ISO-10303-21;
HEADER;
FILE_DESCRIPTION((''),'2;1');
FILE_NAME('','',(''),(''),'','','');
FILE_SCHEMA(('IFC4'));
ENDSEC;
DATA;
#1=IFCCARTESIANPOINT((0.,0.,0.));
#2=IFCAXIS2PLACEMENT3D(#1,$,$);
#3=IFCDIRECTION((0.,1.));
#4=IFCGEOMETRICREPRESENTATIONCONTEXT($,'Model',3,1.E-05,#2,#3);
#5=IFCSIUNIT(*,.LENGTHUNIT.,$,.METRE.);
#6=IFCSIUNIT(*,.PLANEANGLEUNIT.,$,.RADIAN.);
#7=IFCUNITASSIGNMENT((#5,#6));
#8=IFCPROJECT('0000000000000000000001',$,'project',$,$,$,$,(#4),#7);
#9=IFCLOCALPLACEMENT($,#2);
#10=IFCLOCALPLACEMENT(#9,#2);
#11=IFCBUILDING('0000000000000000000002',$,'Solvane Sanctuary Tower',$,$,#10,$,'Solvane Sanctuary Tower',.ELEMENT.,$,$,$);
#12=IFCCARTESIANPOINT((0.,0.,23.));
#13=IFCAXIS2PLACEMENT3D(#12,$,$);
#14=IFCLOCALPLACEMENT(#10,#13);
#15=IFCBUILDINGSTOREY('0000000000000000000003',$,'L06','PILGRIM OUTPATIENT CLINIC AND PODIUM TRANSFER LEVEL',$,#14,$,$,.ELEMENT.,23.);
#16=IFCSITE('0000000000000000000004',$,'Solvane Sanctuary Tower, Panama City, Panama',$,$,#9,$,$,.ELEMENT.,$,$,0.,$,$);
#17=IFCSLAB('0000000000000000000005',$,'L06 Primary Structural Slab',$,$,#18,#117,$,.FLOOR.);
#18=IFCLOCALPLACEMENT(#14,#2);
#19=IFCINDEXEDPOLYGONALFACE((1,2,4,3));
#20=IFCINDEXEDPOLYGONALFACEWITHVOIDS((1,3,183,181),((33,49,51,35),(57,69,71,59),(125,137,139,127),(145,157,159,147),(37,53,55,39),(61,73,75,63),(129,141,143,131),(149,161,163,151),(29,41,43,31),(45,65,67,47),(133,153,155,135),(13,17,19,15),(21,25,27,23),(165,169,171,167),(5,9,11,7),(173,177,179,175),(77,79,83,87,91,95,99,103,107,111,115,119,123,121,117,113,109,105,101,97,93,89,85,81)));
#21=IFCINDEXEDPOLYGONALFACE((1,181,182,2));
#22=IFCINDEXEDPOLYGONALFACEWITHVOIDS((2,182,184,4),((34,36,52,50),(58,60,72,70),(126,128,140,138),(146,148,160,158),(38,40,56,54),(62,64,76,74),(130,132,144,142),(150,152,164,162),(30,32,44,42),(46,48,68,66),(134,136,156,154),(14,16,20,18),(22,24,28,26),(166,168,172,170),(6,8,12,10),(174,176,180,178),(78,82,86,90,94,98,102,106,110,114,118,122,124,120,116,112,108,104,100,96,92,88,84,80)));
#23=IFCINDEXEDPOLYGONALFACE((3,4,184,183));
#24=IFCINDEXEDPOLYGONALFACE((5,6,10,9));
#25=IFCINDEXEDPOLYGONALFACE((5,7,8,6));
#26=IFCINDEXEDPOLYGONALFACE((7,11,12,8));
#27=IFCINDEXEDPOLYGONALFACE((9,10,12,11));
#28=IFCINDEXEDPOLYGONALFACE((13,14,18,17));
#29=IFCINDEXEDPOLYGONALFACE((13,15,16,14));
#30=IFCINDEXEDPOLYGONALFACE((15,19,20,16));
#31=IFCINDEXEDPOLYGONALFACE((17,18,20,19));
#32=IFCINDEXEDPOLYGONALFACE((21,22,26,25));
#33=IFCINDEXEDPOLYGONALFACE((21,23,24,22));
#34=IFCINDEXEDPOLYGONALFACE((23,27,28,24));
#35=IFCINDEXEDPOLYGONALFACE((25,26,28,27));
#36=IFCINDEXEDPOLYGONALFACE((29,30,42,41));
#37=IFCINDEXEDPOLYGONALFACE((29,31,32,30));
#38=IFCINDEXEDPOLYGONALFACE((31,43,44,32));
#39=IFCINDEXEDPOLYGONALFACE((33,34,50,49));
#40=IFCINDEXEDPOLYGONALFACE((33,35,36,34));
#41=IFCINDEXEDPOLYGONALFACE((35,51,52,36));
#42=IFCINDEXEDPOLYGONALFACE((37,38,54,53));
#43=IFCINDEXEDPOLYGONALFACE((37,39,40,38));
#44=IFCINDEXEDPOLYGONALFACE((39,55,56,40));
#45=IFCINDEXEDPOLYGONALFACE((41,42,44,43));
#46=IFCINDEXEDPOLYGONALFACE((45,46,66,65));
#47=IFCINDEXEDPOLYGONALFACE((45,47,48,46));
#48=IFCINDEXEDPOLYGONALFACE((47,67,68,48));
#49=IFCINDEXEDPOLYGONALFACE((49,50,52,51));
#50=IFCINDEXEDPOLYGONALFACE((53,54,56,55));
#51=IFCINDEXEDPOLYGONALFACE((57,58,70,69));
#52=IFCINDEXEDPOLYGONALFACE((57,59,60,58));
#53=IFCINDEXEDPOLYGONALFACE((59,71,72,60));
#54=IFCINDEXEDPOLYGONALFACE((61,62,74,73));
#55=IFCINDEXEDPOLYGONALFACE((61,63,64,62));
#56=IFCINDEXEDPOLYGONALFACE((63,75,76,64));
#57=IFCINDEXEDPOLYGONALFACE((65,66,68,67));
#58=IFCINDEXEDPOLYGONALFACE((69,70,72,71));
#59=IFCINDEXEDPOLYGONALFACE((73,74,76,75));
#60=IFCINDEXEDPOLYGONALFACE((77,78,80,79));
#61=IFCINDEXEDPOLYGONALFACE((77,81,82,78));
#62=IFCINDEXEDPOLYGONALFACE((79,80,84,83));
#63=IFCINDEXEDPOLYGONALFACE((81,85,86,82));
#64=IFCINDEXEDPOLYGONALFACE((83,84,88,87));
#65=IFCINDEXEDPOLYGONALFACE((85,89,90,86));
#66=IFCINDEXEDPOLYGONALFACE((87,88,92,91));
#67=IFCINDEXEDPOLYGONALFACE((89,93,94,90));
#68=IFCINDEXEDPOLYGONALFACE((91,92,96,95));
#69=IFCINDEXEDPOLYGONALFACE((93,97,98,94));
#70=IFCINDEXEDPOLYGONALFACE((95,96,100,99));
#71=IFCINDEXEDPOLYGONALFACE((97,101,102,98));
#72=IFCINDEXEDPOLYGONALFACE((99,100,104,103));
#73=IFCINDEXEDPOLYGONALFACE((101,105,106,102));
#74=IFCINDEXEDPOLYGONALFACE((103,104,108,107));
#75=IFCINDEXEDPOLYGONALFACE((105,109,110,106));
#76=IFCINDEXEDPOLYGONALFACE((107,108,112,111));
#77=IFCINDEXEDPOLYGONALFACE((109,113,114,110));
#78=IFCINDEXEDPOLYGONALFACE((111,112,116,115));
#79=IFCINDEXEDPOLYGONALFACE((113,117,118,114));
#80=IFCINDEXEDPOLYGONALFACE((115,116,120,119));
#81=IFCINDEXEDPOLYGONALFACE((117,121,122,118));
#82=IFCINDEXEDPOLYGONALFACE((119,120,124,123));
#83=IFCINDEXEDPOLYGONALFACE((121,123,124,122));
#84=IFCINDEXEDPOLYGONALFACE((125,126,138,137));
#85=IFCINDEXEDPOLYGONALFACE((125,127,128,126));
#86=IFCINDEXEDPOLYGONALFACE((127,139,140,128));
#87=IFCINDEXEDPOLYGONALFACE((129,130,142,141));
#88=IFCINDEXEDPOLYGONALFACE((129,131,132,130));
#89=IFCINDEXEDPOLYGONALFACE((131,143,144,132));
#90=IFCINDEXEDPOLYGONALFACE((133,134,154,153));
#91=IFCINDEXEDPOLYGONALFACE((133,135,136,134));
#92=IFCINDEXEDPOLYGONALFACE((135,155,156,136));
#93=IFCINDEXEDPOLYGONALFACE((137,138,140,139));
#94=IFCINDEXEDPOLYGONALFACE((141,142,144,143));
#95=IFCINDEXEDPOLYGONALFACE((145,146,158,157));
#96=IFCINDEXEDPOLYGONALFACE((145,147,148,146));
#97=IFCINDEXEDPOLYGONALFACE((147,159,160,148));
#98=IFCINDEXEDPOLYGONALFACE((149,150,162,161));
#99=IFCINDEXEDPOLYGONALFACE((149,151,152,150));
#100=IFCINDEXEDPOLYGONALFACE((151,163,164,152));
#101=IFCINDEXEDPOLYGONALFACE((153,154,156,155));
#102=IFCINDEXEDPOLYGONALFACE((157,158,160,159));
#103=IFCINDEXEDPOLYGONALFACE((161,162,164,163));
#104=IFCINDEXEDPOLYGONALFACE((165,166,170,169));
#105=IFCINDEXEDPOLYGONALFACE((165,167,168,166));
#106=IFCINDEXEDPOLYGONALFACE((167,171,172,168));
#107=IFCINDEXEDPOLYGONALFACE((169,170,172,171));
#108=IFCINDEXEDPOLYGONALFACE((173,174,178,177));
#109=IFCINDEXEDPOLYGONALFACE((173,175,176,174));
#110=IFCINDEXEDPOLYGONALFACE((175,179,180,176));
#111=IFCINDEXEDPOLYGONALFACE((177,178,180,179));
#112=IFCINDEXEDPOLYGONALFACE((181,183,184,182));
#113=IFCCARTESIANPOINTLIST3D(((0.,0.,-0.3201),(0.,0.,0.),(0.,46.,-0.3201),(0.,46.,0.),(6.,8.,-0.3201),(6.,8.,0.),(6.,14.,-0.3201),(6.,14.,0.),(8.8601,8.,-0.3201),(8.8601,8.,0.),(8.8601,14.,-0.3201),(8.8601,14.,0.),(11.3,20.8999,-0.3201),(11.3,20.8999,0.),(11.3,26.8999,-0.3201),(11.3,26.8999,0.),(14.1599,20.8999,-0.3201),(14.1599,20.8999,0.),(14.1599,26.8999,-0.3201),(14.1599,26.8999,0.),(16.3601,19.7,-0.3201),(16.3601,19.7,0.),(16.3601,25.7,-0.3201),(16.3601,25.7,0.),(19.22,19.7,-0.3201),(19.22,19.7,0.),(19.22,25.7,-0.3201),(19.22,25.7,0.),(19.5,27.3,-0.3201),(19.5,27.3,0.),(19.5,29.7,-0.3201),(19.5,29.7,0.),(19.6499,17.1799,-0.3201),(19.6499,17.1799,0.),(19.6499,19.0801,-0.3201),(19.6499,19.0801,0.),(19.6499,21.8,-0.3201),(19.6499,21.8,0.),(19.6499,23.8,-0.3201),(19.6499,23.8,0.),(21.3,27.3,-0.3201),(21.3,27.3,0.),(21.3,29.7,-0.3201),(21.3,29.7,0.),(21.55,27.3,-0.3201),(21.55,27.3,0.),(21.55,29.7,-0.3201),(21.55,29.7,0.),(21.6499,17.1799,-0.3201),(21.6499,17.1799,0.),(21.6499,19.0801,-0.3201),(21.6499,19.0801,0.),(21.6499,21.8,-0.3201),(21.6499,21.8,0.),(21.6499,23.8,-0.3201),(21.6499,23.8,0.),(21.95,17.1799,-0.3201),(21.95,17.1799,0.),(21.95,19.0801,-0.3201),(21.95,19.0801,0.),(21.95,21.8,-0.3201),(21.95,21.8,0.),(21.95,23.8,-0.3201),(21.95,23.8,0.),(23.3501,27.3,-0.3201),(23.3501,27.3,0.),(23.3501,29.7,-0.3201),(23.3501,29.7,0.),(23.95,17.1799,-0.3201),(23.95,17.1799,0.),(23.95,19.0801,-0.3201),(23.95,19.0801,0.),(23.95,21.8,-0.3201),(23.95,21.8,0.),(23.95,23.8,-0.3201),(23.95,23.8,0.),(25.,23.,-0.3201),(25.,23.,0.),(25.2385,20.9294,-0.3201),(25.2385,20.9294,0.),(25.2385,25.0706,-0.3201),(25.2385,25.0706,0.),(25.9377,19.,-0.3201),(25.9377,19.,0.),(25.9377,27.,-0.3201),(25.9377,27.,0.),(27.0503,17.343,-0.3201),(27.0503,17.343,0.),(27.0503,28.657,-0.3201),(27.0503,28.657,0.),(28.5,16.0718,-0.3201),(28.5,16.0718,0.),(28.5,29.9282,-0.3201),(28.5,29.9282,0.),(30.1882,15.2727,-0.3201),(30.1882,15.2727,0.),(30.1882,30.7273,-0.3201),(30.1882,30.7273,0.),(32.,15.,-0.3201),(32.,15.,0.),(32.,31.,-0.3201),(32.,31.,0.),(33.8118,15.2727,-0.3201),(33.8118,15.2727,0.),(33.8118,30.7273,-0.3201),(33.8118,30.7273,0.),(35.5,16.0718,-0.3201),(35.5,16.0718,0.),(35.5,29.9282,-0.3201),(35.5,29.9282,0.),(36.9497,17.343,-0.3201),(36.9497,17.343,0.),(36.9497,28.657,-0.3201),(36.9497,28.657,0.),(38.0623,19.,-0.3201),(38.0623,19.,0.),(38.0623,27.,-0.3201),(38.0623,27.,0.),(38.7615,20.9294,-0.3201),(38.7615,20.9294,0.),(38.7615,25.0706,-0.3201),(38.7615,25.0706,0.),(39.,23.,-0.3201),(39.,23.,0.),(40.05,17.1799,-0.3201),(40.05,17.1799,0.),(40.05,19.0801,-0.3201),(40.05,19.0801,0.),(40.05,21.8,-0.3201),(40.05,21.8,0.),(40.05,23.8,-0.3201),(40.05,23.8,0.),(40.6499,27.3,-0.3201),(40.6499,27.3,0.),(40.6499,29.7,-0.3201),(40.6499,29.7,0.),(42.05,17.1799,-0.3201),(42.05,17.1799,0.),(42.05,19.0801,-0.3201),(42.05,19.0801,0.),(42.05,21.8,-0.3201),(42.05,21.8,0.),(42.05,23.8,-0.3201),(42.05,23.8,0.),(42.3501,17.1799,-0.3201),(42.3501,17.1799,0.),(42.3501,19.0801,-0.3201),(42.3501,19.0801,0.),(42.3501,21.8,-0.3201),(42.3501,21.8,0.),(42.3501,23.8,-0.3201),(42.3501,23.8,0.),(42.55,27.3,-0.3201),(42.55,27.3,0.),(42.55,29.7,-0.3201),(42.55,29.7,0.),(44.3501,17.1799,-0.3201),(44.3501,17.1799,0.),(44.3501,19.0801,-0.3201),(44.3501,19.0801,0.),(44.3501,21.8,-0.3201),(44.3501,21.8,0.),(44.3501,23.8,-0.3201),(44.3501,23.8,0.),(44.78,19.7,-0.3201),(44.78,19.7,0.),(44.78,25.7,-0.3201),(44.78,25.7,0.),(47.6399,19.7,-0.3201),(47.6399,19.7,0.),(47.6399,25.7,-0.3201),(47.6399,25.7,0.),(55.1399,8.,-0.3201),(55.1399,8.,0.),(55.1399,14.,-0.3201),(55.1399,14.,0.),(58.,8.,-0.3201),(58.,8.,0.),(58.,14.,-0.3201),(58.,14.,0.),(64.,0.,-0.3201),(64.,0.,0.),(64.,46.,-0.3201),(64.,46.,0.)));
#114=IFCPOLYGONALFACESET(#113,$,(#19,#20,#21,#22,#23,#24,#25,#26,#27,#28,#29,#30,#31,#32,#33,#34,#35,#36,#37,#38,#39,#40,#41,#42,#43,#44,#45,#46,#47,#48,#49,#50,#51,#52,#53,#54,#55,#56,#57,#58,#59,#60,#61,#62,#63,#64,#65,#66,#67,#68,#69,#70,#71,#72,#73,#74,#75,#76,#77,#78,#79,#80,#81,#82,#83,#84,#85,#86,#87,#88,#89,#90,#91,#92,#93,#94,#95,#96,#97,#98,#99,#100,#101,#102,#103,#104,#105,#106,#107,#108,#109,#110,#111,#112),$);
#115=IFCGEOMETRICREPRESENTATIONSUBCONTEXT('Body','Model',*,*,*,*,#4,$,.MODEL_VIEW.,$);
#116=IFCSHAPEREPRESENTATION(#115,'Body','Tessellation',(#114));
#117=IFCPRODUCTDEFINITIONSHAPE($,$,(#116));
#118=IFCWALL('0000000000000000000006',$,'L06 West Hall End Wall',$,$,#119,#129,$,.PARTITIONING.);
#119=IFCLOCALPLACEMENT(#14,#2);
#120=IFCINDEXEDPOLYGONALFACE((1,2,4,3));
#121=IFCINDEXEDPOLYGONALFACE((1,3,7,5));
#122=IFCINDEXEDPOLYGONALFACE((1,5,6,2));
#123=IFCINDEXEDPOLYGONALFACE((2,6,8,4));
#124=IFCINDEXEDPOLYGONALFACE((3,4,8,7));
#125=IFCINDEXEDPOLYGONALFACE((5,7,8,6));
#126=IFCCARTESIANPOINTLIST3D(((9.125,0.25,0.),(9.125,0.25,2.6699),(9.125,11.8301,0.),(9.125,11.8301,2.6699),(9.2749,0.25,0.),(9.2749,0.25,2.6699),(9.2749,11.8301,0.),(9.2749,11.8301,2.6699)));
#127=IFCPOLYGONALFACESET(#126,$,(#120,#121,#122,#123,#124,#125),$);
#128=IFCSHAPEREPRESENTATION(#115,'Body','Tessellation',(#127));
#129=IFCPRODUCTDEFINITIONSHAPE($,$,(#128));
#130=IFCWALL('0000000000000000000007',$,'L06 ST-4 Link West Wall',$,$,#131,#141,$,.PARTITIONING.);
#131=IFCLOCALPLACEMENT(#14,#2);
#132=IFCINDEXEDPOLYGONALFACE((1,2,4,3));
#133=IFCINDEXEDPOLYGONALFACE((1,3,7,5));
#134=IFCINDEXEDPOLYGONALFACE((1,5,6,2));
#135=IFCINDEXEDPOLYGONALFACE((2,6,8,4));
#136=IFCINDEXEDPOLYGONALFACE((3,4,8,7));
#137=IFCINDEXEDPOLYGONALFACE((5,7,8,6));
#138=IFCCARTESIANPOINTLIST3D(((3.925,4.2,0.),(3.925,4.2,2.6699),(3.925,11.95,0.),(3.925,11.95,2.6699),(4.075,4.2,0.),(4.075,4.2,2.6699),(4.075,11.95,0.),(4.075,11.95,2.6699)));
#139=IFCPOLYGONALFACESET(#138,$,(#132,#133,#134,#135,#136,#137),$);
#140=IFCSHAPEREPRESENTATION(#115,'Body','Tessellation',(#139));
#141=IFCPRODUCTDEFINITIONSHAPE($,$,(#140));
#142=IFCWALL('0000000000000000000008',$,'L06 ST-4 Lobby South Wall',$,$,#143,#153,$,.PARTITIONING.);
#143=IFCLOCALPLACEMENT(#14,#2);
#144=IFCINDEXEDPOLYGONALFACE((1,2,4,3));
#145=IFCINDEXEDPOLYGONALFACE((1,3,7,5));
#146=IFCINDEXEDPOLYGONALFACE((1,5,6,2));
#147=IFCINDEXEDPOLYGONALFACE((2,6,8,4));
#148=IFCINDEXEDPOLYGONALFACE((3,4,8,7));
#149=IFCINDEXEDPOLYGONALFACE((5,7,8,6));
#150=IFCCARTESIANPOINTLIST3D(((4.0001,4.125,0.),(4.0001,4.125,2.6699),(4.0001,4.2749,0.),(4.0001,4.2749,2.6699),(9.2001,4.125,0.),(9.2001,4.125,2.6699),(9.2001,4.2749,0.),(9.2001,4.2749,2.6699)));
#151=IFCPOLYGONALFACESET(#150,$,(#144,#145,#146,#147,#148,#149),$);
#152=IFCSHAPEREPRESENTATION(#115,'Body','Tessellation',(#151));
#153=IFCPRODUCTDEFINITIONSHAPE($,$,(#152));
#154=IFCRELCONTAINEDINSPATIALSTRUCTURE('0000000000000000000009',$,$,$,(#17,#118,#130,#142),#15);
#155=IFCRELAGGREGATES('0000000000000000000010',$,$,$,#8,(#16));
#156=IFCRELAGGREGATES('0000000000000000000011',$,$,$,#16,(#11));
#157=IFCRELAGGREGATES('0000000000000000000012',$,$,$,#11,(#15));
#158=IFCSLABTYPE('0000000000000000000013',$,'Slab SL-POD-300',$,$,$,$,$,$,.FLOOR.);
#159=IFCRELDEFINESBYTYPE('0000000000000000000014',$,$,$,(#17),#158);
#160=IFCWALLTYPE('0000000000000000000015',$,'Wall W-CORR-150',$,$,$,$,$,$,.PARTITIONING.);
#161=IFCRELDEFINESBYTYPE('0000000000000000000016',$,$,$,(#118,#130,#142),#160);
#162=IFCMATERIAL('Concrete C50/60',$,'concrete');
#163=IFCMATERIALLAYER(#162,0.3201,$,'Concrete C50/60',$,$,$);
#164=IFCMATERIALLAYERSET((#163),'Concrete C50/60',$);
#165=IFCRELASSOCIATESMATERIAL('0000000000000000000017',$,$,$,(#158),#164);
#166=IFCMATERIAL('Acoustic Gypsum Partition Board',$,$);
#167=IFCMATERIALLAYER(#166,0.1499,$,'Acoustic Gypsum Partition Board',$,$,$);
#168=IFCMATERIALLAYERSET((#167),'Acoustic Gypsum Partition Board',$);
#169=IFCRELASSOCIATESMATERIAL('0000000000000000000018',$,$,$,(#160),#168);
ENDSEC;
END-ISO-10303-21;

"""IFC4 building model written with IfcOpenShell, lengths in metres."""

from ifc_helpers import new_model, si_unit, direction, frame, frame_2d, origin, place, context, subcontext, project, spatial, polyline, rectangle, outline, extrude, material, layer, layer_set, type_object, element, save


model = new_model("IFC4")

# Units and contexts
model_context = context("Model", 3, precision=1e-05, world=origin(), true_north=direction((0.0, 1.0)))
body_context = subcontext(model_context, "Body", "Model", "MODEL_VIEW")
ifc_project = project(units=[si_unit("LENGTHUNIT", "METRE"), si_unit("PLANEANGLEUNIT", "RADIAN")], contexts=[model_context])

# Site, building, storey
site_placement = place(None, origin())
site = spatial("IfcSite", under=ifc_project, at=site_placement, Name="Solvane Sanctuary Tower, Panama City, Panama", CompositionType="ELEMENT", RefElevation=0.0)
building_placement = place(site_placement, origin())
building = spatial("IfcBuilding", under=site, at=building_placement, Name="Solvane Sanctuary Tower", LongName="Solvane Sanctuary Tower", CompositionType="ELEMENT")
storey_placement = place(building_placement, frame((0.0, 0.0, 23.0)))
storey = spatial("IfcBuildingStorey", under=building, at=storey_placement, Name="L06", Description="PILGRIM OUTPATIENT CLINIC AND PODIUM TRANSFER LEVEL", CompositionType="ELEMENT", Elevation=23.0)

# Slab
ifc_material_1 = material(Name="Concrete C50/60", Category="concrete")
ifc_layer_1 = layer(ifc_material_1, 0.3201, Name="Concrete C50/60")
ifc_layer_set_1 = layer_set([ifc_layer_1], Name="Concrete C50/60")
slab_type_1 = type_object("IfcSlabType", Name="Slab SL-POD-300", PredefinedType="FLOOR", material=ifc_layer_set_1)
slab_1_placement = place(storey_placement, frame((0.0, 0.0, -0.3201)))
element("IfcSlab", 1, at=slab_1_placement, inside=storey, type_object=slab_type_1, Name="L06 Primary Structural Slab", PredefinedType="FLOOR", context=body_context, shape_type="SweptSolid", body=[
    extrude(outline(polyline([(0.0, 0.0), (64.0, 0.0), (64.0, 46.0), (0.0, 46.0), (0.0, 0.0)]), holes=[polyline([(38.7615, 20.9294), (38.0623, 19.0), (36.9497, 17.343), (35.5, 16.0718), (33.8118, 15.2727), (32.0, 15.0), (30.1882, 15.2727), (28.5, 16.0718), (27.0503, 17.343), (25.9377, 19.0), (25.2385, 20.9294), (25.0, 23.0), (25.2385, 25.0706), (25.9377, 27.0), (27.0503, 28.657), (28.5, 29.9282), (30.1882, 30.7273), (32.0, 31.0), (33.8118, 30.7273), (35.5, 29.9282), (36.9497, 28.657), (38.0623, 27.0), (38.7615, 25.0706), (39.0, 23.0), (38.7615, 20.9294)]), polyline([(16.3601, 19.7), (16.3601, 25.7), (19.22, 25.7), (19.22, 19.7), (16.3601, 19.7)]), polyline([(44.78, 19.7), (44.78, 25.7), (47.6399, 25.7), (47.6399, 19.7), (44.78, 19.7)]), polyline([(11.3, 20.8999), (11.3, 26.8999), (14.1599, 26.8999), (14.1599, 20.8999), (11.3, 20.8999)]), polyline([(6.0, 8.0), (6.0, 14.0), (8.8601, 14.0), (8.8601, 8.0), (6.0, 8.0)]), polyline([(55.1399, 8.0), (55.1399, 14.0), (58.0, 14.0), (58.0, 8.0), (55.1399, 8.0)]), polyline([(19.6499, 19.0801), (21.6499, 19.0801), (21.6499, 17.1799), (19.6499, 17.1799), (19.6499, 19.0801)]), polyline([(21.95, 19.0801), (23.95, 19.0801), (23.95, 17.1799), (21.95, 17.1799), (21.95, 19.0801)]), polyline([(40.05, 19.0801), (42.05, 19.0801), (42.05, 17.1799), (40.05, 17.1799), (40.05, 19.0801)]), polyline([(42.3501, 19.0801), (44.3501, 19.0801), (44.3501, 17.1799), (42.3501, 17.1799), (42.3501, 19.0801)]), polyline([(19.6499, 23.8), (21.6499, 23.8), (21.6499, 21.8), (19.6499, 21.8), (19.6499, 23.8)]), polyline([(42.3501, 23.8), (44.3501, 23.8), (44.3501, 21.8), (42.3501, 21.8), (42.3501, 23.8)]), polyline([(21.95, 23.8), (23.95, 23.8), (23.95, 21.8), (21.95, 21.8), (21.95, 23.8)]), polyline([(40.05, 23.8), (42.05, 23.8), (42.05, 21.8), (40.05, 21.8), (40.05, 23.8)]), polyline([(19.5, 29.7), (21.3, 29.7), (21.3, 27.3), (19.5, 27.3), (19.5, 29.7)]), polyline([(21.55, 29.7), (23.3501, 29.7), (23.3501, 27.3), (21.55, 27.3), (21.55, 29.7)]), polyline([(40.6499, 29.7), (42.55, 29.7), (42.55, 27.3), (40.6499, 27.3), (40.6499, 29.7)])]), origin(), (0.0, 0.0, 1.0), 0.3201),
])

# Walls
ifc_material_2 = material(Name="Acoustic Gypsum Partition Board")
ifc_layer_2 = layer(ifc_material_2, 0.1499, Name="Acoustic Gypsum Partition Board")
ifc_layer_set_2 = layer_set([ifc_layer_2], Name="Acoustic Gypsum Partition Board")
wall_type_1 = type_object("IfcWallType", Name="Wall W-CORR-150", PredefinedType="PARTITIONING", material=ifc_layer_set_2)
wall_1_placement = place(storey_placement, frame((9.2, 0.25, 0.0), z_axis=(0.0, 0.0, 1.0), x_axis=(0.0, 1.0, 0.0)))
element("IfcWall", 2, at=wall_1_placement, inside=storey, type_object=wall_type_1, Name="L06 West Hall End Wall", PredefinedType="PARTITIONING", context=body_context, shape_type="SweptSolid", body=[
    extrude(rectangle(XDim=11.5801, YDim=0.1499, at=frame_2d((5.79, 0.0))), origin(), (0.0, 0.0, 1.0), 2.6699),
])
wall_2_placement = place(storey_placement, frame((4.0, 4.2, 0.0), z_axis=(0.0, 0.0, 1.0), x_axis=(0.0, 1.0, 0.0)))
element("IfcWall", 3, at=wall_2_placement, inside=storey, type_object=wall_type_1, Name="L06 ST-4 Link West Wall", PredefinedType="PARTITIONING", context=body_context, shape_type="SweptSolid", body=[
    extrude(rectangle(XDim=7.75, YDim=0.1499, at=frame_2d((3.875, 0.0))), origin(), (0.0, 0.0, 1.0), 2.6699),
])
wall_3_placement = place(storey_placement, frame((4.0, 4.2, 0.0), z_axis=(0.0, 0.0, 1.0), x_axis=(1.0, 0.0, 0.0)))
element("IfcWall", 4, at=wall_3_placement, inside=storey, type_object=wall_type_1, Name="L06 ST-4 Lobby South Wall", PredefinedType="PARTITIONING", context=body_context, shape_type="SweptSolid", body=[
    extrude(rectangle(XDim=5.2, YDim=0.1499, at=frame_2d((2.6001, 0.0))), origin(), (0.0, 0.0, 1.0), 2.6699),
])

save(model, "model.ifc")
